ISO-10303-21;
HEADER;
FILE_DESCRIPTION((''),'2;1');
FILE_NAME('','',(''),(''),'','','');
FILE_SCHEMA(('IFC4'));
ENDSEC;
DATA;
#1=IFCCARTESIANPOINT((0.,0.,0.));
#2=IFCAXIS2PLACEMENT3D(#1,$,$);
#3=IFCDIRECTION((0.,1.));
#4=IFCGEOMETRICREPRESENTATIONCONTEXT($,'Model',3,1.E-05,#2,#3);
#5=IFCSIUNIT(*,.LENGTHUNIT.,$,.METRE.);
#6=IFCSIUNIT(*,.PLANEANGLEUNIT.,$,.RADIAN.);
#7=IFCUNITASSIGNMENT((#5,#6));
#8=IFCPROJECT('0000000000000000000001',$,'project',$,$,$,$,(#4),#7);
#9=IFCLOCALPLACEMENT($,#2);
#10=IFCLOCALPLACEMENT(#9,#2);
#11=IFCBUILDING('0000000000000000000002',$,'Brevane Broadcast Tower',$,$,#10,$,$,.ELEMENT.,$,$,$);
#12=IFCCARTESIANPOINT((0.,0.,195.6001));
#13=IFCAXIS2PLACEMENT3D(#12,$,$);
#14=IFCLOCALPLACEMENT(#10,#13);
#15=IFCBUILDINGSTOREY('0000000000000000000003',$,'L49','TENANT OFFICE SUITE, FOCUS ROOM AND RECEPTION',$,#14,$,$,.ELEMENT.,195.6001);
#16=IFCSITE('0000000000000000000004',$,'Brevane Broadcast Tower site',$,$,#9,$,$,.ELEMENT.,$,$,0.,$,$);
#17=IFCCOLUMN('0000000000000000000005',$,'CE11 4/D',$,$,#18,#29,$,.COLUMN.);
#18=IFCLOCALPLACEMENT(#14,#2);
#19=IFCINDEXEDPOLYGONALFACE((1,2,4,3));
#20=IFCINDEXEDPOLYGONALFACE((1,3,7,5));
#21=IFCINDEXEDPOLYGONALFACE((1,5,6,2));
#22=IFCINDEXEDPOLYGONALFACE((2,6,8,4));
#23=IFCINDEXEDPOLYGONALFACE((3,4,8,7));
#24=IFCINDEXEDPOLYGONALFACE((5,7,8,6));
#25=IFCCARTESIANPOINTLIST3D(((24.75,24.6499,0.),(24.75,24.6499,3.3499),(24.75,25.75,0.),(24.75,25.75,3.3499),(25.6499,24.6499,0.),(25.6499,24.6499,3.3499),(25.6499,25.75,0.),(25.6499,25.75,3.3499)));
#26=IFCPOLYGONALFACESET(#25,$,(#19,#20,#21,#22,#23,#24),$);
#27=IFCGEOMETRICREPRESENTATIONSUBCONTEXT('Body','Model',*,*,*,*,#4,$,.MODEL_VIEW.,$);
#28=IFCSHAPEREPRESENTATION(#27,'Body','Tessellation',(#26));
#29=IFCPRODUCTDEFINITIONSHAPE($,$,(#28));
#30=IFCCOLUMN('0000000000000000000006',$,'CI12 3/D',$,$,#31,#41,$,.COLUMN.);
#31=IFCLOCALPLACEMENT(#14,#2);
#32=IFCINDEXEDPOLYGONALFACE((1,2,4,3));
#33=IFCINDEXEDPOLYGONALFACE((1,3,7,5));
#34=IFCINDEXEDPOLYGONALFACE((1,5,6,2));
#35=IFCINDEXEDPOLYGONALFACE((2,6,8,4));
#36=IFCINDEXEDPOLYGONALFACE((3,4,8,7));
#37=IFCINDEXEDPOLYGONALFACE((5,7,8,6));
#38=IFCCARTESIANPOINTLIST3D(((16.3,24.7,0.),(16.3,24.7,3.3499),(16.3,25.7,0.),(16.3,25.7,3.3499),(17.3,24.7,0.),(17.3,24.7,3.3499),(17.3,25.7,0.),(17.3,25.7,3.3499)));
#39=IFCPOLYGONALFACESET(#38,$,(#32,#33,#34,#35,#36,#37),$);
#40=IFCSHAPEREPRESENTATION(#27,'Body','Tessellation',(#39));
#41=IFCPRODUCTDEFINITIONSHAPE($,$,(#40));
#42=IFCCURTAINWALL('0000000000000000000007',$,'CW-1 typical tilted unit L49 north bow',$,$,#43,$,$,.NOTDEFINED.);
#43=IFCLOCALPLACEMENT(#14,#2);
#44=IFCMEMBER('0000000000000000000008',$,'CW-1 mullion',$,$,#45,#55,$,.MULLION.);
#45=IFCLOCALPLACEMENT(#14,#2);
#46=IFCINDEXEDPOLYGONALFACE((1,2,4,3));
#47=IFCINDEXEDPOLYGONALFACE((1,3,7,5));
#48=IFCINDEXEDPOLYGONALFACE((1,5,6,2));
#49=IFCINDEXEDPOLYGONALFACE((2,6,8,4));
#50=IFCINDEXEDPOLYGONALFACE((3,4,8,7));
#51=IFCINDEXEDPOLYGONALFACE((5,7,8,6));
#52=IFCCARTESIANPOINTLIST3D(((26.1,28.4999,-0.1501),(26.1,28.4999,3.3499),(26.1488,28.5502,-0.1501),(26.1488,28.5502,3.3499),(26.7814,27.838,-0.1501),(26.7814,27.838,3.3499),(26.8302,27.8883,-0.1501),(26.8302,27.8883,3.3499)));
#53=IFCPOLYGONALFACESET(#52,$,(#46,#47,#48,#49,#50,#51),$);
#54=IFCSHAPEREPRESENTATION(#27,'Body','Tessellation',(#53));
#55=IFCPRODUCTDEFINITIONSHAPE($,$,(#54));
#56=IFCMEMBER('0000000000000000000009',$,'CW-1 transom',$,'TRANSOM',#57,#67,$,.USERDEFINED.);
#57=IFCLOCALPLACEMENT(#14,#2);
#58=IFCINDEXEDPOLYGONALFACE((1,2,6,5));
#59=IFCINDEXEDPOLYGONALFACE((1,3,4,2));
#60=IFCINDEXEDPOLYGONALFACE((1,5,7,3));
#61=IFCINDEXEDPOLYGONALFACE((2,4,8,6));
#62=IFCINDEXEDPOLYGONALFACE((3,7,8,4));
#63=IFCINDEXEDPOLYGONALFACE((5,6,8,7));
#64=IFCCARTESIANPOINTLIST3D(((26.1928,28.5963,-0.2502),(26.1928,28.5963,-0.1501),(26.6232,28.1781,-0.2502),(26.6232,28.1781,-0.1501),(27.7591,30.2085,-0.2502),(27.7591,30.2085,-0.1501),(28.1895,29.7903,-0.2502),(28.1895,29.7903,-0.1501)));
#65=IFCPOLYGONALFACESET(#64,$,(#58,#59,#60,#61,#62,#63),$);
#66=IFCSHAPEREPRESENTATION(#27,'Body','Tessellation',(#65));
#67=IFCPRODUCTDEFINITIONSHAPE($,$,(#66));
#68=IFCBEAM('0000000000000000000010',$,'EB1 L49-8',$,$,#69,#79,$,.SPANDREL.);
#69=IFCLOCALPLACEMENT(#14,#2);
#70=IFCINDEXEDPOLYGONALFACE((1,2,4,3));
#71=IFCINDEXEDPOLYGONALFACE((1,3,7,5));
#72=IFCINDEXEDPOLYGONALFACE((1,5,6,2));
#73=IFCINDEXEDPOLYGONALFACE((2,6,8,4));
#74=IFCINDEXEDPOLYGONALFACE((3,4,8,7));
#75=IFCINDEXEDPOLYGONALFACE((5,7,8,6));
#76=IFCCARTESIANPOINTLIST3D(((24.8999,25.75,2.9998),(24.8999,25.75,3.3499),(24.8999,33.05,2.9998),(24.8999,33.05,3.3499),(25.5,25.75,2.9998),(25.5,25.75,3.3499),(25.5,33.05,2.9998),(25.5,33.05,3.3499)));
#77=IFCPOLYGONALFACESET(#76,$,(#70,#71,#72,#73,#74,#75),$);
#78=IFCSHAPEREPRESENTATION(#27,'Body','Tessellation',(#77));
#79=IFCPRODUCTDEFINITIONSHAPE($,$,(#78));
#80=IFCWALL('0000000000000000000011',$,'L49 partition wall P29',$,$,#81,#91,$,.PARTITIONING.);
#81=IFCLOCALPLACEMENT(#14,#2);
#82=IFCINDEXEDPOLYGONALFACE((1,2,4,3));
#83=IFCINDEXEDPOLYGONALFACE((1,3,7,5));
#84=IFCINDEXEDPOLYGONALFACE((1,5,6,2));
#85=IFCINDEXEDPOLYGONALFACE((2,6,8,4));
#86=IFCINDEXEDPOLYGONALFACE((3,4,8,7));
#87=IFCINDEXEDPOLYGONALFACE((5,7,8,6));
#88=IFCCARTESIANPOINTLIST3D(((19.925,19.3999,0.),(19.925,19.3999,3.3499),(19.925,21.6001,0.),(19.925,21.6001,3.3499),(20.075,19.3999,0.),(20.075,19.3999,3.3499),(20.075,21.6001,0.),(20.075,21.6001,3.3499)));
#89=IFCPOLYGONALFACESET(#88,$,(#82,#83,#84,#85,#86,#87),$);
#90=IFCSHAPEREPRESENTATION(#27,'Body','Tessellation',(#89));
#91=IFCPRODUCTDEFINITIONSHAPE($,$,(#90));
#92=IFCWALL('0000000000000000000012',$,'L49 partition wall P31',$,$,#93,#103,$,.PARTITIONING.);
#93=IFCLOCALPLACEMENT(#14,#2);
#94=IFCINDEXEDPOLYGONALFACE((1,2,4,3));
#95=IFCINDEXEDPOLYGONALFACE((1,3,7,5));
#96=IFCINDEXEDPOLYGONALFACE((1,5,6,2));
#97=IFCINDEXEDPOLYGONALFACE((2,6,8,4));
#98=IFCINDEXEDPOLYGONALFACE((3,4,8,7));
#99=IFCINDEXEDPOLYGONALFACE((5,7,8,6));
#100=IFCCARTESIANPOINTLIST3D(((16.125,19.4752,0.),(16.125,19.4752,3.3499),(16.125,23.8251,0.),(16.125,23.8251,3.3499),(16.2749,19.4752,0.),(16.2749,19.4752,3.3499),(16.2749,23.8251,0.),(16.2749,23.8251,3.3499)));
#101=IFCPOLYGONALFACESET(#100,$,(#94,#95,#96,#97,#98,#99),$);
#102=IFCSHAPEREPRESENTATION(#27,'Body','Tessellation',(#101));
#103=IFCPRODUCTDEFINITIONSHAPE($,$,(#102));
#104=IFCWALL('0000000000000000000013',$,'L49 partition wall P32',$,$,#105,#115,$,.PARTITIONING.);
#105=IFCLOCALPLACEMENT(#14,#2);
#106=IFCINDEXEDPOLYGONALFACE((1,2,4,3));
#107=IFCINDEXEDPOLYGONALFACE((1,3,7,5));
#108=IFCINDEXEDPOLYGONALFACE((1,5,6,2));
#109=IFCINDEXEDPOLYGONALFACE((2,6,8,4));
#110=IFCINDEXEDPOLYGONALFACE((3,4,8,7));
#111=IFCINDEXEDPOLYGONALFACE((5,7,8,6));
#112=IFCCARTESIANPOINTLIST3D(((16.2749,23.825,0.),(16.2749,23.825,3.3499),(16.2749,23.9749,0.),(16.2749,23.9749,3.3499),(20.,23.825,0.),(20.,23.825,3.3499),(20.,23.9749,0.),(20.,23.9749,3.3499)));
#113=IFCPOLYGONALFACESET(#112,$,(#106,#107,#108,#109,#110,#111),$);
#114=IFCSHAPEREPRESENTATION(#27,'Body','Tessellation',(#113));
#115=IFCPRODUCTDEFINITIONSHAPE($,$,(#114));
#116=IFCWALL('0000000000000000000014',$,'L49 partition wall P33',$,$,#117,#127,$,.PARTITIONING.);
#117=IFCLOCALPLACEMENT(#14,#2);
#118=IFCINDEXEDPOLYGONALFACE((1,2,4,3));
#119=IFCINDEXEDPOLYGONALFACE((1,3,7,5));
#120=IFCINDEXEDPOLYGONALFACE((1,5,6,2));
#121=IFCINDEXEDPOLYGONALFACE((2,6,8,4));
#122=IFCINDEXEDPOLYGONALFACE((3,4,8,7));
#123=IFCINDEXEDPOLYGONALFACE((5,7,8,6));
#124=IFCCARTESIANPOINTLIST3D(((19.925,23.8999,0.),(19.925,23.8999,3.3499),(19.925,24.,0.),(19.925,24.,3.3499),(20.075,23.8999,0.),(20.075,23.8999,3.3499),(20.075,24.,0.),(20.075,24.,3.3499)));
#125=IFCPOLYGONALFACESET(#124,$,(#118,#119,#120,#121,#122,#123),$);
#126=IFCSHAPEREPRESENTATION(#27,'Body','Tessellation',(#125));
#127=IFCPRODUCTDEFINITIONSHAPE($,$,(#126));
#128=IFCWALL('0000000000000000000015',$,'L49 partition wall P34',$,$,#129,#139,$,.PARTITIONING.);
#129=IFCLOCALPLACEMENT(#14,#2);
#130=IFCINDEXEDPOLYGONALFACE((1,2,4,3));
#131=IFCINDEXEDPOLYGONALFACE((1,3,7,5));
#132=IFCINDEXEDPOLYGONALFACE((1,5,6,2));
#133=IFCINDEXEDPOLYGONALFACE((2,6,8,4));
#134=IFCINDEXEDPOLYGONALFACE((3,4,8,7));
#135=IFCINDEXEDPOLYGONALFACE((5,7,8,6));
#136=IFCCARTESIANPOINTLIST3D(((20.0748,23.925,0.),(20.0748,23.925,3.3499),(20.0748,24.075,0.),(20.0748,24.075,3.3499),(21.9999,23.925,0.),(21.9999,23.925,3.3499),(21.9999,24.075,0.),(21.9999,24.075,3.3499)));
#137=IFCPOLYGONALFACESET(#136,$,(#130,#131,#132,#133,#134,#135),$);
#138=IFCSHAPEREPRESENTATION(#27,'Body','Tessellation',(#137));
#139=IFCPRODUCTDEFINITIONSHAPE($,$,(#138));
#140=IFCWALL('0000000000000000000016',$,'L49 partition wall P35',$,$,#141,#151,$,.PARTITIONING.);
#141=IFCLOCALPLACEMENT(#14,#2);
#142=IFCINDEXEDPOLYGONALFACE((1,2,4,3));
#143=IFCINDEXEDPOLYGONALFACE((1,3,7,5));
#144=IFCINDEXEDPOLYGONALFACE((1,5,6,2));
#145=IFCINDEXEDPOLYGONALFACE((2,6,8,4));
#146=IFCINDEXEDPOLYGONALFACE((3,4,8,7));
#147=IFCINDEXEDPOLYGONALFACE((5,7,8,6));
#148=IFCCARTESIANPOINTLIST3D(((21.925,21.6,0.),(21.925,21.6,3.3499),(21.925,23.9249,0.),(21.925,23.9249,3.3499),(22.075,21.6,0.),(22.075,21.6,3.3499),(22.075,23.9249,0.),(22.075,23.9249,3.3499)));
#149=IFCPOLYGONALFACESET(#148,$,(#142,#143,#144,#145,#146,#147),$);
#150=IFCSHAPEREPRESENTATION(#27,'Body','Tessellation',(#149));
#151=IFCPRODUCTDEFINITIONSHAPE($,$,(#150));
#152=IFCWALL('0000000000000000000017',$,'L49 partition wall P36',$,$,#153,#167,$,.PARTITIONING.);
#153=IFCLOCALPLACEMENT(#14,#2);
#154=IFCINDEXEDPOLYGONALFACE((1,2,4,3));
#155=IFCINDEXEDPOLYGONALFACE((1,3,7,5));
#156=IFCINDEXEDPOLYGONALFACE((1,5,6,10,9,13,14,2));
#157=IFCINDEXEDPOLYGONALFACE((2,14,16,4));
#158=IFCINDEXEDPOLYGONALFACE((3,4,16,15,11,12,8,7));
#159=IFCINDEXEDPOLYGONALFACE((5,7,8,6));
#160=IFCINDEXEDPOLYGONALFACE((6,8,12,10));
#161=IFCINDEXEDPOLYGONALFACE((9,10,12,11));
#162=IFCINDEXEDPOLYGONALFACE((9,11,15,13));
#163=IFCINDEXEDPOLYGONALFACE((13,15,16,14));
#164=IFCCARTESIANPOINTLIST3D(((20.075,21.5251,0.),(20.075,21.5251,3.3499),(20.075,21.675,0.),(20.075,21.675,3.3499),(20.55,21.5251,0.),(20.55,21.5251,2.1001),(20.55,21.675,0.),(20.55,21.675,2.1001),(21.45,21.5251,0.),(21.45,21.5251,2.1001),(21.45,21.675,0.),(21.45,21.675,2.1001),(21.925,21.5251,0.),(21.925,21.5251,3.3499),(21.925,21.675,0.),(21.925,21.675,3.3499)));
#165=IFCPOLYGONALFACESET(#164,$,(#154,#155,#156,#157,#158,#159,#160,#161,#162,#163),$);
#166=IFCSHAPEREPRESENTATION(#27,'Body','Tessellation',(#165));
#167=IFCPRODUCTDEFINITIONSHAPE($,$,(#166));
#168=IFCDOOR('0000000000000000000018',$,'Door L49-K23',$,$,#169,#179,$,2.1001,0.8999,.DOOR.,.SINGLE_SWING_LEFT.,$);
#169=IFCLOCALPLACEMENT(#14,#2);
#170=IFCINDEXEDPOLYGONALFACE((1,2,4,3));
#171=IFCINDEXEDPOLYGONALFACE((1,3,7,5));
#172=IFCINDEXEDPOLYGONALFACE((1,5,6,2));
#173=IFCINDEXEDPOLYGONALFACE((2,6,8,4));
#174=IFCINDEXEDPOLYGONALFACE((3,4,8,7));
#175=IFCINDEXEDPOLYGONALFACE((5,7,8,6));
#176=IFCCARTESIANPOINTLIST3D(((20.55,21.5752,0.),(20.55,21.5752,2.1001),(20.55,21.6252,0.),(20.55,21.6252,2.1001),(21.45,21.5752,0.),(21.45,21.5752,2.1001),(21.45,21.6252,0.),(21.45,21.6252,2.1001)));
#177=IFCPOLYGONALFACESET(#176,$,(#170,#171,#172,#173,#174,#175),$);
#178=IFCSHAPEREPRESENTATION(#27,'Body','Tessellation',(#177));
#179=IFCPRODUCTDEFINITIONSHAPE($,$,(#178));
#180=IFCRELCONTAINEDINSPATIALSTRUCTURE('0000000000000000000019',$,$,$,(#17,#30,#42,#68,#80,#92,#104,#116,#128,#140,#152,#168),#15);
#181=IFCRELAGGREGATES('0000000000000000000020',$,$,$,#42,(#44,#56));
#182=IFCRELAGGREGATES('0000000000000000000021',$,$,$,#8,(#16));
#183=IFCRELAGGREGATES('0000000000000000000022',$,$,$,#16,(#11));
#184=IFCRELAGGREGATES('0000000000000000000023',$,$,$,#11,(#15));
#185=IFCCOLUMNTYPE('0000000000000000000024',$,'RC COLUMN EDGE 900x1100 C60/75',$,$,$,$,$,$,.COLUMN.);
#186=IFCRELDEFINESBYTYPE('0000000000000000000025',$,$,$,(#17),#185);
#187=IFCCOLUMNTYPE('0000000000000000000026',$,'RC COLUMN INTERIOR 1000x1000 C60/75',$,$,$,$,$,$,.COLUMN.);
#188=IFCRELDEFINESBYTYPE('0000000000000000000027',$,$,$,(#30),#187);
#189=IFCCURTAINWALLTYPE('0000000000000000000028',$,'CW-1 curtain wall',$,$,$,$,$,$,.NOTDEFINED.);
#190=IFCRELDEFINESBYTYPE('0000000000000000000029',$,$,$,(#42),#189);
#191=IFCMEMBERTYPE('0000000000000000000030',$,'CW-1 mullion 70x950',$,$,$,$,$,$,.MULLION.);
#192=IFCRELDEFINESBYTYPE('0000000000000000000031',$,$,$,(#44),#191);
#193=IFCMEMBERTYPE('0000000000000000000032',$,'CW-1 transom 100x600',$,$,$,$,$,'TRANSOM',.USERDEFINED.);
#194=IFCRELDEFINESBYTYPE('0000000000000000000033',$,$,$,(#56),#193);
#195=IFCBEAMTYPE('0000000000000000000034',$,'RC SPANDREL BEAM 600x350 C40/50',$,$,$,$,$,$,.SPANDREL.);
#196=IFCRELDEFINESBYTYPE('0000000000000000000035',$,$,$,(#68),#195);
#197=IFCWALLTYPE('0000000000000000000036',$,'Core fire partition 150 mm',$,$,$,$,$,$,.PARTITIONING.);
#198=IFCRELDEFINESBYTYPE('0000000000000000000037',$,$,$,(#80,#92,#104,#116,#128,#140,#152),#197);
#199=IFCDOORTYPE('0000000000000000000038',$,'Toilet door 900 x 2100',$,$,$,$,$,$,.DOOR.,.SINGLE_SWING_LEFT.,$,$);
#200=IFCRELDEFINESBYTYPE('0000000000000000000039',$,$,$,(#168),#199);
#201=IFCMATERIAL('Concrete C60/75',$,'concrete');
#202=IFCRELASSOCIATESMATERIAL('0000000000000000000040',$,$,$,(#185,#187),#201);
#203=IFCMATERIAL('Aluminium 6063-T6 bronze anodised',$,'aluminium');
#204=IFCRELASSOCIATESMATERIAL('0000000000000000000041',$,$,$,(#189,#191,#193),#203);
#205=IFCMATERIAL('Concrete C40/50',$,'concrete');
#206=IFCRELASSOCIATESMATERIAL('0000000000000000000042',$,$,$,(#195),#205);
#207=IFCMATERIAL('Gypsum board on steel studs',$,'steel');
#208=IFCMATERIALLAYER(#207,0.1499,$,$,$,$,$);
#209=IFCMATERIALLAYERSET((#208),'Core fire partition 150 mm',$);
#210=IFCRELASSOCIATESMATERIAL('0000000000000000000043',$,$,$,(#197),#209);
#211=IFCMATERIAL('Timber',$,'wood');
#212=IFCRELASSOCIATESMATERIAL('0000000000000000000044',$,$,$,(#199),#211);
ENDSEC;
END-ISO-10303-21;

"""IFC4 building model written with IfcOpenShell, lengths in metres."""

from ifc_helpers import new_model, si_unit, direction, frame, frame_2d, origin, origin_2d, place, context, subcontext, project, spatial, rectangle, extrude, material, layer, layer_set, material_profile, profile_set, type_object, element, fill, aggregate, save


model = new_model("IFC4")

# Units and contexts
model_context = context("Model", 3, precision=1e-05, world=origin(), true_north=direction((0.0, 1.0)))
body_context = subcontext(model_context, "Body", "Model", "MODEL_VIEW")
ifc_project = project(units=[si_unit("LENGTHUNIT", "METRE"), si_unit("PLANEANGLEUNIT", "RADIAN")], contexts=[model_context])

# Site, building, storey
site_placement = place(None, origin())
site = spatial("IfcSite", under=ifc_project, at=site_placement, Name="Brevane Broadcast Tower site", CompositionType="ELEMENT", RefElevation=0.0)
building_placement = place(site_placement, origin())
building = spatial("IfcBuilding", under=site, at=building_placement, Name="Brevane Broadcast Tower", CompositionType="ELEMENT")
storey_placement = place(building_placement, frame((0.0, 0.0, 195.6001)))
storey = spatial("IfcBuildingStorey", under=building, at=storey_placement, Name="L49", Description="TENANT OFFICE SUITE, FOCUS ROOM AND RECEPTION", CompositionType="ELEMENT", Elevation=195.6001)

# Columns
ifc_material_1 = material(Name="Concrete C60/75", Category="concrete")
ifc_material_profile_1 = material_profile(ifc_material_1, rectangle(XDim=0.8999, YDim=1.1001, at=origin_2d()), Name="RC 900x1100")
ifc_profile_set_1 = profile_set([ifc_material_profile_1], Name="Concrete C60/75")
column_type_1 = type_object("IfcColumnType", Name="RC COLUMN EDGE 900x1100 C60/75", PredefinedType="COLUMN", material=ifc_profile_set_1)
column_1_placement = place(storey_placement, frame((25.2, 25.2, 0.0), z_axis=(0.0, 0.0, 1.0), x_axis=(1.0, 0.0, 0.0)))
element("IfcColumn", 1, at=column_1_placement, inside=storey, type_object=column_type_1, Name="CE11 4/D", PredefinedType="COLUMN", context=body_context, shape_type="SweptSolid", body=[
    extrude(rectangle(XDim=0.8999, YDim=1.1001, at=origin_2d()), origin(), (0.0, 0.0, 1.0), 3.3499),
])
ifc_material_profile_2 = material_profile(ifc_material_1, rectangle(XDim=1.0, YDim=1.0, at=origin_2d()), Name="RC 1000x1000")
ifc_profile_set_2 = profile_set([ifc_material_profile_2], Name="Concrete C60/75")
column_type_2 = type_object("IfcColumnType", Name="RC COLUMN INTERIOR 1000x1000 C60/75", PredefinedType="COLUMN", material=ifc_profile_set_2)
column_2_placement = place(storey_placement, frame((16.8, 25.2, 0.0), z_axis=(0.0, 0.0, 1.0), x_axis=(1.0, 0.0, 0.0)))
element("IfcColumn", 2, at=column_2_placement, inside=storey, type_object=column_type_2, Name="CI12 3/D", PredefinedType="COLUMN", context=body_context, shape_type="SweptSolid", body=[
    extrude(rectangle(XDim=1.0, YDim=1.0, at=origin_2d()), origin(), (0.0, 0.0, 1.0), 3.3499),
])

# Curtain wall, members
ifc_material_2 = material(Name="Aluminium 6063-T6 bronze anodised", Category="aluminium")
curtain_wall_type = type_object("IfcCurtainWallType", Name="CW-1 curtain wall", PredefinedType="NOTDEFINED", material=ifc_material_2)
curtain_wall_placement = place(storey_placement, origin())
curtain_wall = element("IfcCurtainWall", 3, at=curtain_wall_placement, inside=storey, type_object=curtain_wall_type, Name="CW-1 typical tilted unit L49 north bow", PredefinedType="NOTDEFINED")
ifc_material_profile_3 = material_profile(ifc_material_2, rectangle(XDim=0.95, YDim=0.0701, at=origin_2d()), Name="RECT 70x950")
ifc_profile_set_3 = profile_set([ifc_material_profile_3], Name="Aluminium 6063-T6 bronze anodised")
member_type_1 = type_object("IfcMemberType", Name="CW-1 mullion 70x950", PredefinedType="MULLION", material=ifc_profile_set_3)
member_1_placement = place(storey_placement, frame((26.4651, 28.1941, -0.1501), z_axis=(0.0, 0.0, 1.0), x_axis=(-0.717254, 0.696812, 0.0)))
member_1 = element("IfcMember", 4, at=member_1_placement, type_object=member_type_1, Name="CW-1 mullion", PredefinedType="MULLION", context=body_context, shape_type="SweptSolid", body=[
    extrude(rectangle(XDim=0.95, YDim=0.0701, at=origin_2d()), origin(), (0.0, 0.0, 1.0), 3.5),
])
ifc_material_profile_4 = material_profile(ifc_material_2, rectangle(XDim=0.6001, YDim=0.1001, at=origin_2d()), Name="RECT 100x600")
ifc_profile_set_4 = profile_set([ifc_material_profile_4], Name="Aluminium 6063-T6 bronze anodised")
member_type_2 = type_object("IfcMemberType", Name="CW-1 transom 100x600", ElementType="TRANSOM", PredefinedType="USERDEFINED", material=ifc_profile_set_4)
member_2_placement = place(storey_placement, frame((26.408, 28.3872, -0.2002), z_axis=(0.696824, 0.717242, 0.0), x_axis=(-0.717242, 0.696824, 0.0)))
member_2 = element("IfcMember", 5, at=member_2_placement, type_object=member_type_2, Name="CW-1 transom", ObjectType="TRANSOM", PredefinedType="USERDEFINED", context=body_context, shape_type="SweptSolid", body=[
    extrude(rectangle(XDim=0.6001, YDim=0.1001, at=origin_2d()), origin(), (0.0, 0.0, 1.0), 2.2478),
])
aggregate(curtain_wall, [member_1, member_2])

# Beam
ifc_material_3 = material(Name="Concrete C40/50", Category="concrete")
ifc_material_profile_5 = material_profile(ifc_material_3, rectangle(XDim=0.6001, YDim=0.3501, at=origin_2d()), Name="RC 600x350")
ifc_profile_set_5 = profile_set([ifc_material_profile_5], Name="Concrete C40/50")
beam_type = type_object("IfcBeamType", Name="RC SPANDREL BEAM 600x350 C40/50", PredefinedType="SPANDREL", material=ifc_profile_set_5)
beam_placement = place(storey_placement, frame((25.2, 25.75, 3.1748), z_axis=(0.0, 1.0, 0.0), x_axis=(-1.0, 0.0, 0.0)))
element("IfcBeam", 6, at=beam_placement, inside=storey, type_object=beam_type, Name="EB1 L49-8", PredefinedType="SPANDREL", context=body_context, shape_type="SweptSolid", body=[
    extrude(rectangle(XDim=0.6001, YDim=0.3501, at=origin_2d()), origin(), (0.0, 0.0, 1.0), 7.3),
])

# Walls
ifc_material_4 = material(Name="Gypsum board on steel studs", Category="steel")
ifc_layer_1 = layer(ifc_material_4, 0.1499)
ifc_layer_set_1 = layer_set([ifc_layer_1], Name="Core fire partition 150 mm")
wall_type_1 = type_object("IfcWallType", Name="Core fire partition 150 mm", PredefinedType="PARTITIONING", material=ifc_layer_set_1)
wall_1_placement = place(storey_placement, frame((20.0, 21.6001, 0.0), z_axis=(0.0, 0.0, 1.0), x_axis=(0.0, -1.0, 0.0)))
element("IfcWall", 7, at=wall_1_placement, inside=storey, type_object=wall_type_1, Name="L49 partition wall P29", PredefinedType="PARTITIONING", context=body_context, shape_type="SweptSolid", body=[
    extrude(rectangle(XDim=2.2002, YDim=0.1499, at=frame_2d((1.1001, 0.0))), origin(), (0.0, 0.0, 1.0), 3.3499),
])
wall_2_placement = place(storey_placement, frame((16.2, 23.825, 0.0), z_axis=(0.0, 0.0, 1.0), x_axis=(0.0, -1.0, 0.0)))
element("IfcWall", 8, at=wall_2_placement, inside=storey, type_object=wall_type_1, Name="L49 partition wall P31", PredefinedType="PARTITIONING", context=body_context, shape_type="SweptSolid", body=[
    extrude(rectangle(XDim=4.3499, YDim=0.1499, at=frame_2d((2.1748, 0.0))), origin(), (0.0, 0.0, 1.0), 3.3499),
])
wall_3_placement = place(storey_placement, frame((16.2749, 23.8999, 0.0), z_axis=(0.0, 0.0, 1.0), x_axis=(1.0, 0.0, 0.0)))
element("IfcWall", 9, at=wall_3_placement, inside=storey, type_object=wall_type_1, Name="L49 partition wall P32", PredefinedType="PARTITIONING", context=body_context, shape_type="SweptSolid", body=[
    extrude(rectangle(XDim=3.7251, YDim=0.1499, at=frame_2d((1.8625, 0.0))), origin(), (0.0, 0.0, 1.0), 3.3499),
])
wall_4_placement = place(storey_placement, frame((20.0, 23.8999, 0.0), z_axis=(0.0, 0.0, 1.0), x_axis=(0.0, 1.0, 0.0)))
element("IfcWall", 10, at=wall_4_placement, inside=storey, type_object=wall_type_1, Name="L49 partition wall P33", PredefinedType="PARTITIONING", context=body_context, shape_type="SweptSolid", body=[
    extrude(rectangle(XDim=0.1001, YDim=0.1499, at=frame_2d((0.05, 0.0))), origin(), (0.0, 0.0, 1.0), 3.3499),
])
wall_5_placement = place(storey_placement, frame((20.075, 24.0, 0.0), z_axis=(0.0, 0.0, 1.0), x_axis=(1.0, 0.0, 0.0)))
element("IfcWall", 11, at=wall_5_placement, inside=storey, type_object=wall_type_1, Name="L49 partition wall P34", PredefinedType="PARTITIONING", context=body_context, shape_type="SweptSolid", body=[
    extrude(rectangle(XDim=1.925, YDim=0.1499, at=frame_2d((0.9624, 0.0))), origin(), (0.0, 0.0, 1.0), 3.3499),
])
wall_6_placement = place(storey_placement, frame((22.0, 23.925, 0.0), z_axis=(0.0, 0.0, 1.0), x_axis=(0.0, -1.0, 0.0)))
element("IfcWall", 12, at=wall_6_placement, inside=storey, type_object=wall_type_1, Name="L49 partition wall P35", PredefinedType="PARTITIONING", context=body_context, shape_type="SweptSolid", body=[
    extrude(rectangle(XDim=2.325, YDim=0.1499, at=frame_2d((1.1626, 0.0))), origin(), (0.0, 0.0, 1.0), 3.3499),
])

# Wall, opening, door
wall_7_placement = place(storey_placement, frame((21.925, 21.6001, 0.0), z_axis=(0.0, 0.0, 1.0), x_axis=(-1.0, 0.0, 0.0)))
wall_7 = element("IfcWall", 13, at=wall_7_placement, inside=storey, type_object=wall_type_1, Name="L49 partition wall P36", PredefinedType="PARTITIONING", context=body_context, shape_type="SweptSolid", body=[
    extrude(rectangle(XDim=1.8501, YDim=0.1499, at=frame_2d((0.925, 0.0))), origin(), (0.0, 0.0, 1.0), 3.3499),
])
opening_placement = place(wall_7_placement, frame((0.4751, 0.0, 0.0)))
opening = element("IfcOpeningElement", 14, at=opening_placement, cuts=wall_7, PredefinedType="OPENING", context=body_context, shape_type="SweptSolid", body=[
    extrude(rectangle(XDim=0.8999, YDim=2.1001, at=frame_2d((0.45, 1.05))), frame((0.0, 0.085, 0.0), z_axis=(0.0, -1.0, 0.0), x_axis=(1.0, 0.0, 0.0)), (0.0, 0.0, 1.0), 0.1699),
])
ifc_material_5 = material(Name="Timber", Category="wood")
door_type = type_object("IfcDoorType", Name="Toilet door 900 x 2100", OperationType="SINGLE_SWING_LEFT", PredefinedType="DOOR", material=ifc_material_5)
door_placement = place(opening_placement, origin())
door = element("IfcDoor", 15, at=door_placement, inside=storey, type_object=door_type, Name="Door L49-K23", OperationType="SINGLE_SWING_LEFT", OverallHeight=2.1001, OverallWidth=0.8999, PredefinedType="DOOR", context=body_context, shape_type="SweptSolid", body=[
    extrude(rectangle(XDim=0.8999, YDim=2.1001, at=frame_2d((0.45, 1.05))), frame((0.0, 0.0249, 0.0), z_axis=(0.0, -1.0, 0.0), x_axis=(1.0, 0.0, 0.0)), (0.0, 0.0, 1.0), 0.05),
])
fill(opening, door)

save(model, "model.ifc")
